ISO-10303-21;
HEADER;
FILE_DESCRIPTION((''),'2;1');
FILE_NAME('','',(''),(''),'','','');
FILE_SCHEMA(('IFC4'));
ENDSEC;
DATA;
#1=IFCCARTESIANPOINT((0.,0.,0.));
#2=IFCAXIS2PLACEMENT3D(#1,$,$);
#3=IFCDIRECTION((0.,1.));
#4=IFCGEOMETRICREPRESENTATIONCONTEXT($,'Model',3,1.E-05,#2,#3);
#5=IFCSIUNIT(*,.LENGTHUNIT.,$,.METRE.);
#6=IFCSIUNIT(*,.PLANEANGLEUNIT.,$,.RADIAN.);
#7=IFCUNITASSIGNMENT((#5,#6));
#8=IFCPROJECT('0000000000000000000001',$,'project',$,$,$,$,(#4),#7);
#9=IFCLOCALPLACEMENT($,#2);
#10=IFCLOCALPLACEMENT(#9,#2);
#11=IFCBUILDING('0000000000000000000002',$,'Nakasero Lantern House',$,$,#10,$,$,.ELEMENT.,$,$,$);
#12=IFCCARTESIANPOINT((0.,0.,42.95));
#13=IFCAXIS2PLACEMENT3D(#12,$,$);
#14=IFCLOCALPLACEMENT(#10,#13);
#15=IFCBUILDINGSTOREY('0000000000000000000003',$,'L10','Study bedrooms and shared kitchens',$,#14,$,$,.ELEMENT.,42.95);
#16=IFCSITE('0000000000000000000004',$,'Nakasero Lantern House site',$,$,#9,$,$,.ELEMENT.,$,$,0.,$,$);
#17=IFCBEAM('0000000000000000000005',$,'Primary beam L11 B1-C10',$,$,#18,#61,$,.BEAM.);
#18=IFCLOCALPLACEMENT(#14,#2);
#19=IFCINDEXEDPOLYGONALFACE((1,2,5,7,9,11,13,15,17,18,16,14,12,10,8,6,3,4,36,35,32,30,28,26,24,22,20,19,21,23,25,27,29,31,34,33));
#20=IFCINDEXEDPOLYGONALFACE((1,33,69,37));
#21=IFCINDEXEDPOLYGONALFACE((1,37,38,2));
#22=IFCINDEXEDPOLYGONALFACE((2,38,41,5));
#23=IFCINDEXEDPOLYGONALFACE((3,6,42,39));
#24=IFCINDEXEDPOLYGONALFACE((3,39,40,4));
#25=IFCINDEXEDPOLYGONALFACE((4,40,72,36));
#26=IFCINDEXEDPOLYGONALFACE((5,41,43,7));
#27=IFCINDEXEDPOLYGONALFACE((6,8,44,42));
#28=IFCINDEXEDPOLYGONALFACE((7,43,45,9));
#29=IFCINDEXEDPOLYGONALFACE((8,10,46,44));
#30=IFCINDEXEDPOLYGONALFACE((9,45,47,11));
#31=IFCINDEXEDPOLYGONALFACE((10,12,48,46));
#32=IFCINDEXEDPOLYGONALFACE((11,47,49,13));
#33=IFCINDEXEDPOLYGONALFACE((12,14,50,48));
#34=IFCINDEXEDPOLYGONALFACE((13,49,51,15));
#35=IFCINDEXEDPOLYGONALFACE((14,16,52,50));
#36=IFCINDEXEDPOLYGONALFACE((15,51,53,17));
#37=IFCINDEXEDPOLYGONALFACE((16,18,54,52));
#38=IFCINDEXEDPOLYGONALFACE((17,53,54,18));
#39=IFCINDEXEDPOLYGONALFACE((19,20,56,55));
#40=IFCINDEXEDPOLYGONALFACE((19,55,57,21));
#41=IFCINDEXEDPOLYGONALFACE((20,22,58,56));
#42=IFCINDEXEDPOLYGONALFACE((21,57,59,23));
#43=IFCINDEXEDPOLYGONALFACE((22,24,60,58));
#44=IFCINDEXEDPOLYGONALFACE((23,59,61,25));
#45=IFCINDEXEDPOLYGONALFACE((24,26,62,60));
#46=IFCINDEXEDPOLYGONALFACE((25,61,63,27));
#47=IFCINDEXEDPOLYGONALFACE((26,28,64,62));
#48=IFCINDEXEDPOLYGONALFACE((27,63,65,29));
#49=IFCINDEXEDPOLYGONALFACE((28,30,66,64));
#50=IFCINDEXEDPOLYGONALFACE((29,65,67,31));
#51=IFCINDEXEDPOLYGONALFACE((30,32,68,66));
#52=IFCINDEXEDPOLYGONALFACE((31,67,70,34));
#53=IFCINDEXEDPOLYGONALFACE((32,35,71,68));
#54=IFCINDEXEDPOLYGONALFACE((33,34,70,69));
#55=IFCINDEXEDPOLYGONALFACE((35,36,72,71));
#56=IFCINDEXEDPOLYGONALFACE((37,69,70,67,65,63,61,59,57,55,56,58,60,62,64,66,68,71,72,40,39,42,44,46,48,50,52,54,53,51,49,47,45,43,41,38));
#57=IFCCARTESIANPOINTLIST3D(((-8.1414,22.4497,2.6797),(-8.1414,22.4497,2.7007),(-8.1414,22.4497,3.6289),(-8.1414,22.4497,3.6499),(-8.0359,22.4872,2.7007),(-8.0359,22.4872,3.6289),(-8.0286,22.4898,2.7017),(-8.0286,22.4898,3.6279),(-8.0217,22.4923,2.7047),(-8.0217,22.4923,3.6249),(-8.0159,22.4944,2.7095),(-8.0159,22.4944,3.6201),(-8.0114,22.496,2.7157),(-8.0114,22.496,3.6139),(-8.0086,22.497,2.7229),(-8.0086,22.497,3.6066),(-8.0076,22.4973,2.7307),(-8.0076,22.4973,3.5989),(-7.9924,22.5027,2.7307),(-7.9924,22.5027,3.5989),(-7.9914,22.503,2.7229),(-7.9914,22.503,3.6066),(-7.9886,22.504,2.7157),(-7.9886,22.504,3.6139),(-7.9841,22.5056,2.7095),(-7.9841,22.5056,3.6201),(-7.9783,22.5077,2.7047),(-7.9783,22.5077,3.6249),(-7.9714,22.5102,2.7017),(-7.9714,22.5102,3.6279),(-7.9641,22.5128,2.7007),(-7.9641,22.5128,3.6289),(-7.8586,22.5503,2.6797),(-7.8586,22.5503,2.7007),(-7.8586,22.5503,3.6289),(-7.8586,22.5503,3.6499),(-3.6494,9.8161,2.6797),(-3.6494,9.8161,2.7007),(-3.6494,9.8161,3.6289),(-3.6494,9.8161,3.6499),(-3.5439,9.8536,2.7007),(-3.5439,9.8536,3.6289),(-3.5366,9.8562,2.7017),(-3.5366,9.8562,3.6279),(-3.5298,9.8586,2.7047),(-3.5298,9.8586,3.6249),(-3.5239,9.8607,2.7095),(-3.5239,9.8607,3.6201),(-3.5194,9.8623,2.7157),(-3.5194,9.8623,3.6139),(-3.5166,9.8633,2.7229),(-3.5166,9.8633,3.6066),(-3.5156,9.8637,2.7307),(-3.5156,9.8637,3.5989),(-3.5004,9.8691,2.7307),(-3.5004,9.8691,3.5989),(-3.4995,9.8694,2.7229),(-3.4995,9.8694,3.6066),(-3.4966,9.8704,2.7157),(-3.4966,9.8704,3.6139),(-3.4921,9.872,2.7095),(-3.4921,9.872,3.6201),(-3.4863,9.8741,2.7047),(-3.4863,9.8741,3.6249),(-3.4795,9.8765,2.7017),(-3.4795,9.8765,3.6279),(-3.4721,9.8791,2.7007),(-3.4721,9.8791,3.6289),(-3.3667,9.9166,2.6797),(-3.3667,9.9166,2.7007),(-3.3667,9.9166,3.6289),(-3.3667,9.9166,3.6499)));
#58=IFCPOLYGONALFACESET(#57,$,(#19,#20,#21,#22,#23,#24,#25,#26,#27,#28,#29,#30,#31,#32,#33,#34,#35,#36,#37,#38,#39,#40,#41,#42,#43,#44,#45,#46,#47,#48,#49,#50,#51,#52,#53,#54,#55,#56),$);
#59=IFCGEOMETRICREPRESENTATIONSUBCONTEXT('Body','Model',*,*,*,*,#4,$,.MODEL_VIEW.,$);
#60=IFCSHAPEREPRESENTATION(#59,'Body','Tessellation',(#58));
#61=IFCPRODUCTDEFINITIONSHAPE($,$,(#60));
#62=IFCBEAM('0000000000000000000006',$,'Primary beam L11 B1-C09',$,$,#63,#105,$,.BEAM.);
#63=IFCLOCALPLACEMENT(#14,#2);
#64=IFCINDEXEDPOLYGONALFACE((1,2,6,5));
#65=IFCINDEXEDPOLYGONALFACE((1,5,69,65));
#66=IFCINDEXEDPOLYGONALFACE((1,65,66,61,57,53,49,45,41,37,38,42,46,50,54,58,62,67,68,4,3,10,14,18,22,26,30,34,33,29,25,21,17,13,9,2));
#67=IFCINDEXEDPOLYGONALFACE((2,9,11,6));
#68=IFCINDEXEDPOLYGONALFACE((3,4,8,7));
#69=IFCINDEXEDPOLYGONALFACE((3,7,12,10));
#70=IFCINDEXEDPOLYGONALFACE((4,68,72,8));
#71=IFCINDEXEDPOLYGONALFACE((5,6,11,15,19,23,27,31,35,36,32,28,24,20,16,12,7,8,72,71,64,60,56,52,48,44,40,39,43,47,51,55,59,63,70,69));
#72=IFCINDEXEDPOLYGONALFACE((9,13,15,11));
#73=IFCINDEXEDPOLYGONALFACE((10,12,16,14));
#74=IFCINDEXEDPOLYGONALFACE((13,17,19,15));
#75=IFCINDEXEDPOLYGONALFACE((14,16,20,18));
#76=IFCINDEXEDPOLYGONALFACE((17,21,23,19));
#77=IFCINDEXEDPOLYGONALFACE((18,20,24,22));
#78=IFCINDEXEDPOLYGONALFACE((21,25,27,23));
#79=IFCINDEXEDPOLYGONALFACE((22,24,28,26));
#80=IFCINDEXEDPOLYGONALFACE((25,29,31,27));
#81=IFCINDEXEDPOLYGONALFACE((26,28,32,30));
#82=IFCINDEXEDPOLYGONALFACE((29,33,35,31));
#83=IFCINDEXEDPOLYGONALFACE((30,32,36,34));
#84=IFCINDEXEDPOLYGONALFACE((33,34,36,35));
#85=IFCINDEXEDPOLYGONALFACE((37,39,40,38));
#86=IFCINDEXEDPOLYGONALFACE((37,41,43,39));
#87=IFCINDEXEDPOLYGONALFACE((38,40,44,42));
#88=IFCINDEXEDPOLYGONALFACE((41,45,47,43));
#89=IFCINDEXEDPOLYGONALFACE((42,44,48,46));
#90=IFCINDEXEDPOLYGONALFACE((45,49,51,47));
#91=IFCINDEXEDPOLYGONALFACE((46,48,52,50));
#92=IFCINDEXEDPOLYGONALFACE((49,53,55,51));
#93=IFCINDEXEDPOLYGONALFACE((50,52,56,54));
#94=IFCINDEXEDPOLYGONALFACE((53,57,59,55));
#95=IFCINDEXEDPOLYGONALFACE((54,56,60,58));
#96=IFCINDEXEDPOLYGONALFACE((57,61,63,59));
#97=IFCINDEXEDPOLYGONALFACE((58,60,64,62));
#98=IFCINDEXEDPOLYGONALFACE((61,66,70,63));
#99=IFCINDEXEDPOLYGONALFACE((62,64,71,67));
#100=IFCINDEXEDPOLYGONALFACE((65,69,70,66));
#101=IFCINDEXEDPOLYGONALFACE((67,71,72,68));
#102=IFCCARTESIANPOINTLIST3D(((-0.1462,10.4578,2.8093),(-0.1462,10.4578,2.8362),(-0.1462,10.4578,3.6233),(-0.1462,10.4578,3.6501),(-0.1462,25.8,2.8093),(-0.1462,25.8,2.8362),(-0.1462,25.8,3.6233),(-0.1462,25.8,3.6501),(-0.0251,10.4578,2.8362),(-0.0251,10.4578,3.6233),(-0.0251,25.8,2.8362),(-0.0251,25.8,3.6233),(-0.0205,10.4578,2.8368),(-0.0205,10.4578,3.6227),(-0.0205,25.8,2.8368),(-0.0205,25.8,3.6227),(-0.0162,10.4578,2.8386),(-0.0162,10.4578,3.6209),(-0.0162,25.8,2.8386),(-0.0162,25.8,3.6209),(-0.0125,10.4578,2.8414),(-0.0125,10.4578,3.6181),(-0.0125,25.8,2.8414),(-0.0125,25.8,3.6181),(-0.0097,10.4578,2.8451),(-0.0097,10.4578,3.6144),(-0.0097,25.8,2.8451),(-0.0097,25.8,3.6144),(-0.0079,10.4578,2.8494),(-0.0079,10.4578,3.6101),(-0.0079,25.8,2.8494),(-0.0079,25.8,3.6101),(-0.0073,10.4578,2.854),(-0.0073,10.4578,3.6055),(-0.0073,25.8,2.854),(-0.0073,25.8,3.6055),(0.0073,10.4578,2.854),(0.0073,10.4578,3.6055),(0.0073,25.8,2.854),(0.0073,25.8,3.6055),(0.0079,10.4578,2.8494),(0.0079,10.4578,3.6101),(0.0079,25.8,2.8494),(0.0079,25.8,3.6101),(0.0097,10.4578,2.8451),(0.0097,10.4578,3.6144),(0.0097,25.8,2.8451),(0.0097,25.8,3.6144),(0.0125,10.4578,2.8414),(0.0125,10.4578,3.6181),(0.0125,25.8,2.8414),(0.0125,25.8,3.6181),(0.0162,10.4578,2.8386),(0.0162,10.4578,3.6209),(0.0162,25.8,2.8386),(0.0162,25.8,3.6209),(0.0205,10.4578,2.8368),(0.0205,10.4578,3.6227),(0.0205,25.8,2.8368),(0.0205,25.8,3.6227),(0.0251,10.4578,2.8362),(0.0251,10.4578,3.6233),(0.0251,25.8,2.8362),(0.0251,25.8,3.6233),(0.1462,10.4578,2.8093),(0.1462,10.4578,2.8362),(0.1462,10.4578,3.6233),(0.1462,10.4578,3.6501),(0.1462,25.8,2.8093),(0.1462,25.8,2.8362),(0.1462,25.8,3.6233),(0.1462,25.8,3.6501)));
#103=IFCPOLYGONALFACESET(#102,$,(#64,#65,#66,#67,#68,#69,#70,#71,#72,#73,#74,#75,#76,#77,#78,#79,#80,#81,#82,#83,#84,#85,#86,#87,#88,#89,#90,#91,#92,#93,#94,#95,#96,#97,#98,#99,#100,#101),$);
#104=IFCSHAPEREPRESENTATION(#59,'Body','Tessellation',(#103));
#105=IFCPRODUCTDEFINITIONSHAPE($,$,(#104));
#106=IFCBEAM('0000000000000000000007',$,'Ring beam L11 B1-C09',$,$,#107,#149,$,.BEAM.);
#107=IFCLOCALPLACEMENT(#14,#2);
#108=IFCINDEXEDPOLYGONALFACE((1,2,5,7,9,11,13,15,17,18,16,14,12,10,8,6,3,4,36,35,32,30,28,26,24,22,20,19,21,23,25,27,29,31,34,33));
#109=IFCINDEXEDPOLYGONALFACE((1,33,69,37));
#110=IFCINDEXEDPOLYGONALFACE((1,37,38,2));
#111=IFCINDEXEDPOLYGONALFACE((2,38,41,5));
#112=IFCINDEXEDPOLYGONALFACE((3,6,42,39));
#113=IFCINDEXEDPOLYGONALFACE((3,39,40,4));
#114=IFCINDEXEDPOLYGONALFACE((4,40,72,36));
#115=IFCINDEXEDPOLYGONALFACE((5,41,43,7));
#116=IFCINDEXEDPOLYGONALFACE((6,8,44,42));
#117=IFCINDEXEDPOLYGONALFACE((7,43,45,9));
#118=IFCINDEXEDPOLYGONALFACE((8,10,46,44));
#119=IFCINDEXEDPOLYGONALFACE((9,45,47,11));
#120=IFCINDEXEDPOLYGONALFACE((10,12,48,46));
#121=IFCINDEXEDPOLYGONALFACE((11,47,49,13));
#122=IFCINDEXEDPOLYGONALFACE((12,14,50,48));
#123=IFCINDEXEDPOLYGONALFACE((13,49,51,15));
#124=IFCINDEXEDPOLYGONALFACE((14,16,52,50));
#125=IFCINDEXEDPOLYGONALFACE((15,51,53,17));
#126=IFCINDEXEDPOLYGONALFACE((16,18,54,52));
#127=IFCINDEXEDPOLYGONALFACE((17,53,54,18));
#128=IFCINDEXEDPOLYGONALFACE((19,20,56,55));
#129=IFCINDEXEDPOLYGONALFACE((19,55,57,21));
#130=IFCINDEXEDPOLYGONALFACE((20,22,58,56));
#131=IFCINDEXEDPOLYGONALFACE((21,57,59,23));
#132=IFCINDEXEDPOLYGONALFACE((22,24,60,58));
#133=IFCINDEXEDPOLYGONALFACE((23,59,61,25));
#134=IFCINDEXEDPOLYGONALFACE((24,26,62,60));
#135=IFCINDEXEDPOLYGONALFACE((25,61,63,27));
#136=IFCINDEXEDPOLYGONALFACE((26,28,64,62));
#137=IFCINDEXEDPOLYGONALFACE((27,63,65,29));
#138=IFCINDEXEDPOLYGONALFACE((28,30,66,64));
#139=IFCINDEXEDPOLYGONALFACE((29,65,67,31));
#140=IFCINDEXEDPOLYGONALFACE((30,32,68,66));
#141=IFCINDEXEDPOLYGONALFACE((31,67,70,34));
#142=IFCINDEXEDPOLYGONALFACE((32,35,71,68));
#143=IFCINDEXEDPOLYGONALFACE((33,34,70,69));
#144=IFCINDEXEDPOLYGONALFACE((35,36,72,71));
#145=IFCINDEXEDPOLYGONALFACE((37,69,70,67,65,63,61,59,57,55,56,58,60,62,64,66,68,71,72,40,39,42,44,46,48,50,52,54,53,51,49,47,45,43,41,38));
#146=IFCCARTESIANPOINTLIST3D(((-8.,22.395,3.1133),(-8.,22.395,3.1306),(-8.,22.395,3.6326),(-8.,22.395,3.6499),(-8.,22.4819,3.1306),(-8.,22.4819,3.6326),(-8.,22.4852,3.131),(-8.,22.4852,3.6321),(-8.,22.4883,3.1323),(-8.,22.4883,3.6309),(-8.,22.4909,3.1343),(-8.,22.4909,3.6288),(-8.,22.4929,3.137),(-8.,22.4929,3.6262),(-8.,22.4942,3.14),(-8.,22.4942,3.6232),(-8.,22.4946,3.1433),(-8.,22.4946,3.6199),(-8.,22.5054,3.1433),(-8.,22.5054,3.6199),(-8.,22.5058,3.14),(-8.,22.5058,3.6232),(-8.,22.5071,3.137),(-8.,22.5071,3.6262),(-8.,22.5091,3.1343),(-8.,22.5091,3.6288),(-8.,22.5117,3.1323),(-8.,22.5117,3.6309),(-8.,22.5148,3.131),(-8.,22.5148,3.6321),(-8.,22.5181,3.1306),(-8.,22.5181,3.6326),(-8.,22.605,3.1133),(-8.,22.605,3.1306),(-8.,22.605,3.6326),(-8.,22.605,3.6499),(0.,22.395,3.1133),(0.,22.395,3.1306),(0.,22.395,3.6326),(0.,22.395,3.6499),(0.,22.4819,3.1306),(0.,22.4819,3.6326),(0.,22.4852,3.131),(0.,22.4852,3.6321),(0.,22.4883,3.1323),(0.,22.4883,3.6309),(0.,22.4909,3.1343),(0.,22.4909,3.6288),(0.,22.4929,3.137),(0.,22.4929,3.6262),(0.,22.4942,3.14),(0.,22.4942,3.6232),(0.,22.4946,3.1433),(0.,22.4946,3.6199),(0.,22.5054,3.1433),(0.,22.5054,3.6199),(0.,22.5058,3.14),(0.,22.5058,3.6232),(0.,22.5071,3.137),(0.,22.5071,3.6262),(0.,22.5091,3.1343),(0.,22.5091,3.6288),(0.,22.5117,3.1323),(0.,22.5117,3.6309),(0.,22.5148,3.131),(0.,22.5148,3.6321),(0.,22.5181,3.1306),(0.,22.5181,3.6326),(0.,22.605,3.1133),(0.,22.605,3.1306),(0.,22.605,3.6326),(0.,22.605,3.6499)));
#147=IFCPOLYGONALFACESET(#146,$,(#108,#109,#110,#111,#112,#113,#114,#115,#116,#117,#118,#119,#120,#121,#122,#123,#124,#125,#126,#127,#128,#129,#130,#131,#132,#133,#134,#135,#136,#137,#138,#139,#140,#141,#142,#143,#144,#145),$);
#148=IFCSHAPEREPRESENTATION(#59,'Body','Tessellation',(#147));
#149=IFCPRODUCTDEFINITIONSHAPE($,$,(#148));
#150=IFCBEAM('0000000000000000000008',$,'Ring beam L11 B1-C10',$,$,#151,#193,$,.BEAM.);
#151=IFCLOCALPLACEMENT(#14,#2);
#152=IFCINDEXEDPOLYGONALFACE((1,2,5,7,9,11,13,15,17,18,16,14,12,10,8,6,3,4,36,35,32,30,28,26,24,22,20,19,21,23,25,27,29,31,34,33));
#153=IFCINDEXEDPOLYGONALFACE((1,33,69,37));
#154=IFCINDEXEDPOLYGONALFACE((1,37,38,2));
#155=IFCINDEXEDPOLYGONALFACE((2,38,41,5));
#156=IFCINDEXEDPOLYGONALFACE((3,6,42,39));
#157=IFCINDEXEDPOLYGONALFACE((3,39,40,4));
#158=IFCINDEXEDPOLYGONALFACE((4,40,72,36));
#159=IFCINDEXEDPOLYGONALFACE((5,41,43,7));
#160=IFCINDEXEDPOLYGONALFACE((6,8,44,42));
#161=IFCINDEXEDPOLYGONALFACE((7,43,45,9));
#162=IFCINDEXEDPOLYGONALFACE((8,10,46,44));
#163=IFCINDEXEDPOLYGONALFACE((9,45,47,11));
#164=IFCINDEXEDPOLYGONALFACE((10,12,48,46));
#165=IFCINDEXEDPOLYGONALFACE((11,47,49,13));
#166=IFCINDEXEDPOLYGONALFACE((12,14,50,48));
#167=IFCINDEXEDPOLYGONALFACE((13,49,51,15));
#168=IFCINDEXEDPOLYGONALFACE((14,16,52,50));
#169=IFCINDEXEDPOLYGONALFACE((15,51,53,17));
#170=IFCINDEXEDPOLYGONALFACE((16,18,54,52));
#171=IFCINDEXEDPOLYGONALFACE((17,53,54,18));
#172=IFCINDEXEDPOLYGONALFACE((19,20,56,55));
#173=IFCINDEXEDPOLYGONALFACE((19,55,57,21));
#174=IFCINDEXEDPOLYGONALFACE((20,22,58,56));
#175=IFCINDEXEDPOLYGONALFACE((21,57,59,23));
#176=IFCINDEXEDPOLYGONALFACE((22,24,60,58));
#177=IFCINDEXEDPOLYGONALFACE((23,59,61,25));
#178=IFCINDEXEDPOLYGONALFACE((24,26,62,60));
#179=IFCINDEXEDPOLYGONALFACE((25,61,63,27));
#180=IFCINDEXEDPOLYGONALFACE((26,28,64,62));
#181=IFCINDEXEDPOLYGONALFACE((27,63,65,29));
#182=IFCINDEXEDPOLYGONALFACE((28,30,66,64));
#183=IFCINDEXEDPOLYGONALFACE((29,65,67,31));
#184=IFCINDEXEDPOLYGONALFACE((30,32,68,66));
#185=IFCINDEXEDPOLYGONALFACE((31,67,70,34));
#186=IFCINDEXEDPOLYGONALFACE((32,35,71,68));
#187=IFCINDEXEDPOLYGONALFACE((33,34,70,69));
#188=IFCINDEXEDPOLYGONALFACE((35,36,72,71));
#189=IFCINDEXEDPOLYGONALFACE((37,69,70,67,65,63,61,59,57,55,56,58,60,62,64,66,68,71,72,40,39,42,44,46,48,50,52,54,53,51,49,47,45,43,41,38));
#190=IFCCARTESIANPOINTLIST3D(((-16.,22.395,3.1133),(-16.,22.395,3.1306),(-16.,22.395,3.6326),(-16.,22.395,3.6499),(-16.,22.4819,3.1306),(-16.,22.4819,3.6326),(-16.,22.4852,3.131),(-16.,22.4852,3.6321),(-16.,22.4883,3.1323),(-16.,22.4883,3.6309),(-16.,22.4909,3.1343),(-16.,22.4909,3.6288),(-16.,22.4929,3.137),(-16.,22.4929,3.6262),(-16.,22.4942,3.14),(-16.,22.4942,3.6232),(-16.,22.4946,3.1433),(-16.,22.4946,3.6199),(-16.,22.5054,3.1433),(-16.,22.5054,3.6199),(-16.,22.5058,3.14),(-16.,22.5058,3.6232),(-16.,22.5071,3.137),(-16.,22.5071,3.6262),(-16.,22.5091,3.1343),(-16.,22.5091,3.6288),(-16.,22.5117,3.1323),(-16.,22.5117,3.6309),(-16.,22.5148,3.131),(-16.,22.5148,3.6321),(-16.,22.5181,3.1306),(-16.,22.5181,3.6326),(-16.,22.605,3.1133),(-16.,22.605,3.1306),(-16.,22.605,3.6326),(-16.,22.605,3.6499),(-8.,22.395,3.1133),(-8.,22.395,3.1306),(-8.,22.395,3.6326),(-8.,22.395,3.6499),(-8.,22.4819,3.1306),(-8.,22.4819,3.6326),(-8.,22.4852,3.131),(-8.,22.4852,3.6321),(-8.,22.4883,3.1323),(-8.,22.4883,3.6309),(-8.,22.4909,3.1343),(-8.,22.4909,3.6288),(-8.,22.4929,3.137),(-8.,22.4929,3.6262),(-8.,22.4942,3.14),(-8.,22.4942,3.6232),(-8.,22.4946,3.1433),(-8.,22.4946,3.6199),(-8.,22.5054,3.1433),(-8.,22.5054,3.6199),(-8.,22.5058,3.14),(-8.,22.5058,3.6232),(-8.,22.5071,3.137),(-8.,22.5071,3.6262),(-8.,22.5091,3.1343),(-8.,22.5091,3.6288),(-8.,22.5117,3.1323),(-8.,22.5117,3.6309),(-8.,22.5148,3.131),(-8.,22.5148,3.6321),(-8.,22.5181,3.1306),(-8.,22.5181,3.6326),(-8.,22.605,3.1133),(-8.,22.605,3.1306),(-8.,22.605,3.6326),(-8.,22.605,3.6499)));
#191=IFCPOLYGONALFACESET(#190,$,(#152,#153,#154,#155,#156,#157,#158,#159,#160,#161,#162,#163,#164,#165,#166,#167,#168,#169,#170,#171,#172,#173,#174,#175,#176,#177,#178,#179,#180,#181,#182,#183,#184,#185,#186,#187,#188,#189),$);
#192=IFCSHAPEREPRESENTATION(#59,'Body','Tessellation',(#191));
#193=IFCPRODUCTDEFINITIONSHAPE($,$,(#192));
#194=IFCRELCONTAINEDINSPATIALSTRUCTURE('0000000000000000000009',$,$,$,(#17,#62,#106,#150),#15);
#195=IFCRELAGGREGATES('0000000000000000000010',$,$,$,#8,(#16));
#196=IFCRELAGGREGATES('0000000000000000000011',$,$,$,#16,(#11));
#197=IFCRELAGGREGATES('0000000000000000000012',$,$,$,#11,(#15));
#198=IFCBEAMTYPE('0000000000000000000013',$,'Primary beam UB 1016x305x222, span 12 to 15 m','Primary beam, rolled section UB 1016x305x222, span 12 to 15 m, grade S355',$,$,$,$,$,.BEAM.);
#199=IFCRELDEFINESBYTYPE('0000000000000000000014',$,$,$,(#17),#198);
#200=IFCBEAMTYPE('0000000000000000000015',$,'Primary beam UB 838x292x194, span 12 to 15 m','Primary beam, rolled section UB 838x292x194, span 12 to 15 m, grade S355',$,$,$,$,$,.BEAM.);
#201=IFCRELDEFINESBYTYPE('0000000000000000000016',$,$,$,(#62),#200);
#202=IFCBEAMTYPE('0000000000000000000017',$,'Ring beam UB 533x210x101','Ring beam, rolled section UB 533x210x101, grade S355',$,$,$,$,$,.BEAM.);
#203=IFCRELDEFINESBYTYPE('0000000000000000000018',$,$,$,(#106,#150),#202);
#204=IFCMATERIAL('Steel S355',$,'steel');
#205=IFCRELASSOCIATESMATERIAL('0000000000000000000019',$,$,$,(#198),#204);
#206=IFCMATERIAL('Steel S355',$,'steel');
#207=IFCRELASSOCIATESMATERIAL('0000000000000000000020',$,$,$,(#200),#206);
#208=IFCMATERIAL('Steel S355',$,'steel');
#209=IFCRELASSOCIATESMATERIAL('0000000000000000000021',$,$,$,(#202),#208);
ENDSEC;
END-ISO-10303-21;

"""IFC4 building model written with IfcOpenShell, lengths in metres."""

from ifc_helpers import new_model, si_unit, direction, frame, origin, origin_2d, place, context, subcontext, project, spatial, i_section, extrude, material, material_profile, profile_set, type_object, element, save


model = new_model("IFC4")

# Units and contexts
model_context = context("Model", 3, precision=1e-05, world=origin(), true_north=direction((0.0, 1.0)))
body_context = subcontext(model_context, "Body", "Model", "MODEL_VIEW")
ifc_project = project(units=[si_unit("LENGTHUNIT", "METRE"), si_unit("PLANEANGLEUNIT", "RADIAN")], contexts=[model_context])

# Site, building, storey
site_placement = place(None, origin())
site = spatial("IfcSite", under=ifc_project, at=site_placement, Name="Nakasero Lantern House site", CompositionType="ELEMENT", RefElevation=0.0)
building_placement = place(site_placement, origin())
building = spatial("IfcBuilding", under=site, at=building_placement, Name="Nakasero Lantern House", CompositionType="ELEMENT")
storey_placement = place(building_placement, frame((0.0, 0.0, 42.95)))
storey = spatial("IfcBuildingStorey", under=building, at=storey_placement, Name="L10", Description="Study bedrooms and shared kitchens", CompositionType="ELEMENT", Elevation=42.95)

# Beams
ifc_material_1 = material(Name="Steel S355", Category="steel")
ifc_material_profile_1 = material_profile(ifc_material_1, i_section(OverallWidth=0.3, OverallDepth=0.9702, WebThickness=0.0161, FlangeThickness=0.021, FilletRadius=0.03, at=origin_2d()), Name="UB 1016x305x222")
ifc_profile_set_1 = profile_set([ifc_material_profile_1], Name="Steel S355")
beam_type_1 = type_object("IfcBeamType", Name="Primary beam UB 1016x305x222, span 12 to 15 m", Description="Primary beam, rolled section UB 1016x305x222, span 12 to 15 m, grade S355", PredefinedType="BEAM", material=ifc_profile_set_1)
beam_1_placement = place(storey_placement, frame((-8.0, 22.5, 3.1648), z_axis=(0.335011, -0.942214, 0.0), x_axis=(0.942214, 0.335011, 0.0)))
element("IfcBeam", 1, at=beam_1_placement, inside=storey, type_object=beam_type_1, Name="Primary beam L11 B1-C10", PredefinedType="BEAM", context=body_context, shape_type="SweptSolid", body=[
    extrude(i_section(OverallWidth=0.3, OverallDepth=0.9702, WebThickness=0.0161, FlangeThickness=0.021, FilletRadius=0.03, at=origin_2d()), origin(), (0.0, 0.0, 1.0), 13.4084),
])
ifc_material_2 = material(Name="Steel S355", Category="steel")
ifc_material_profile_2 = material_profile(ifc_material_2, i_section(OverallWidth=0.2925, OverallDepth=0.8408, WebThickness=0.0146, FlangeThickness=0.0269, FilletRadius=0.0178, at=origin_2d()), Name="UB 838x292x194")
ifc_profile_set_2 = profile_set([ifc_material_profile_2], Name="Steel S355")
beam_type_2 = type_object("IfcBeamType", Name="Primary beam UB 838x292x194, span 12 to 15 m", Description="Primary beam, rolled section UB 838x292x194, span 12 to 15 m, grade S355", PredefinedType="BEAM", material=ifc_profile_set_2)
beam_2_placement = place(storey_placement, frame((0.0, 25.8, 3.2297), z_axis=(0.0, -1.0, 0.0), x_axis=(1.0, 0.0, 0.0)))
element("IfcBeam", 2, at=beam_2_placement, inside=storey, type_object=beam_type_2, Name="Primary beam L11 B1-C09", PredefinedType="BEAM", context=body_context, shape_type="SweptSolid", body=[
    extrude(i_section(OverallWidth=0.2925, OverallDepth=0.8408, WebThickness=0.0146, FlangeThickness=0.0269, FilletRadius=0.0178, at=origin_2d()), origin(), (0.0, 0.0, 1.0), 15.3423),
])
ifc_material_3 = material(Name="Steel S355", Category="steel")
ifc_material_profile_3 = material_profile(ifc_material_3, i_section(OverallWidth=0.21, OverallDepth=0.5366, WebThickness=0.0107, FlangeThickness=0.0173, FilletRadius=0.0127, at=origin_2d()), Name="UB 533x210x101")
ifc_profile_set_3 = profile_set([ifc_material_profile_3], Name="Steel S355")
beam_type_3 = type_object("IfcBeamType", Name="Ring beam UB 533x210x101", Description="Ring beam, rolled section UB 533x210x101, grade S355", PredefinedType="BEAM", material=ifc_profile_set_3)
for number, where, z_axis, x_axis, name in (
    (3, (0.0, 22.5, 3.3816), (-1.0, 0.0, 0.0), (0.0, -1.0, 0.0), "Ring beam L11 B1-C09"),
    (4, (-8.0, 22.5, 3.3816), (-1.0, 0.0, 0.0), (0.0, -1.0, 0.0), "Ring beam L11 B1-C10"),
):
    element("IfcBeam", number, at=place(storey_placement, frame(where, z_axis=z_axis, x_axis=x_axis)), inside=storey, type_object=beam_type_3, Name=name, PredefinedType="BEAM", context=body_context, shape_type="SweptSolid", body=[
        extrude(i_section(OverallWidth=0.21, OverallDepth=0.5366, WebThickness=0.0107, FlangeThickness=0.0173, FilletRadius=0.0127, at=origin_2d()), origin(), (0.0, 0.0, 1.0), 8.0),
    ])

save(model, "model.ifc")
